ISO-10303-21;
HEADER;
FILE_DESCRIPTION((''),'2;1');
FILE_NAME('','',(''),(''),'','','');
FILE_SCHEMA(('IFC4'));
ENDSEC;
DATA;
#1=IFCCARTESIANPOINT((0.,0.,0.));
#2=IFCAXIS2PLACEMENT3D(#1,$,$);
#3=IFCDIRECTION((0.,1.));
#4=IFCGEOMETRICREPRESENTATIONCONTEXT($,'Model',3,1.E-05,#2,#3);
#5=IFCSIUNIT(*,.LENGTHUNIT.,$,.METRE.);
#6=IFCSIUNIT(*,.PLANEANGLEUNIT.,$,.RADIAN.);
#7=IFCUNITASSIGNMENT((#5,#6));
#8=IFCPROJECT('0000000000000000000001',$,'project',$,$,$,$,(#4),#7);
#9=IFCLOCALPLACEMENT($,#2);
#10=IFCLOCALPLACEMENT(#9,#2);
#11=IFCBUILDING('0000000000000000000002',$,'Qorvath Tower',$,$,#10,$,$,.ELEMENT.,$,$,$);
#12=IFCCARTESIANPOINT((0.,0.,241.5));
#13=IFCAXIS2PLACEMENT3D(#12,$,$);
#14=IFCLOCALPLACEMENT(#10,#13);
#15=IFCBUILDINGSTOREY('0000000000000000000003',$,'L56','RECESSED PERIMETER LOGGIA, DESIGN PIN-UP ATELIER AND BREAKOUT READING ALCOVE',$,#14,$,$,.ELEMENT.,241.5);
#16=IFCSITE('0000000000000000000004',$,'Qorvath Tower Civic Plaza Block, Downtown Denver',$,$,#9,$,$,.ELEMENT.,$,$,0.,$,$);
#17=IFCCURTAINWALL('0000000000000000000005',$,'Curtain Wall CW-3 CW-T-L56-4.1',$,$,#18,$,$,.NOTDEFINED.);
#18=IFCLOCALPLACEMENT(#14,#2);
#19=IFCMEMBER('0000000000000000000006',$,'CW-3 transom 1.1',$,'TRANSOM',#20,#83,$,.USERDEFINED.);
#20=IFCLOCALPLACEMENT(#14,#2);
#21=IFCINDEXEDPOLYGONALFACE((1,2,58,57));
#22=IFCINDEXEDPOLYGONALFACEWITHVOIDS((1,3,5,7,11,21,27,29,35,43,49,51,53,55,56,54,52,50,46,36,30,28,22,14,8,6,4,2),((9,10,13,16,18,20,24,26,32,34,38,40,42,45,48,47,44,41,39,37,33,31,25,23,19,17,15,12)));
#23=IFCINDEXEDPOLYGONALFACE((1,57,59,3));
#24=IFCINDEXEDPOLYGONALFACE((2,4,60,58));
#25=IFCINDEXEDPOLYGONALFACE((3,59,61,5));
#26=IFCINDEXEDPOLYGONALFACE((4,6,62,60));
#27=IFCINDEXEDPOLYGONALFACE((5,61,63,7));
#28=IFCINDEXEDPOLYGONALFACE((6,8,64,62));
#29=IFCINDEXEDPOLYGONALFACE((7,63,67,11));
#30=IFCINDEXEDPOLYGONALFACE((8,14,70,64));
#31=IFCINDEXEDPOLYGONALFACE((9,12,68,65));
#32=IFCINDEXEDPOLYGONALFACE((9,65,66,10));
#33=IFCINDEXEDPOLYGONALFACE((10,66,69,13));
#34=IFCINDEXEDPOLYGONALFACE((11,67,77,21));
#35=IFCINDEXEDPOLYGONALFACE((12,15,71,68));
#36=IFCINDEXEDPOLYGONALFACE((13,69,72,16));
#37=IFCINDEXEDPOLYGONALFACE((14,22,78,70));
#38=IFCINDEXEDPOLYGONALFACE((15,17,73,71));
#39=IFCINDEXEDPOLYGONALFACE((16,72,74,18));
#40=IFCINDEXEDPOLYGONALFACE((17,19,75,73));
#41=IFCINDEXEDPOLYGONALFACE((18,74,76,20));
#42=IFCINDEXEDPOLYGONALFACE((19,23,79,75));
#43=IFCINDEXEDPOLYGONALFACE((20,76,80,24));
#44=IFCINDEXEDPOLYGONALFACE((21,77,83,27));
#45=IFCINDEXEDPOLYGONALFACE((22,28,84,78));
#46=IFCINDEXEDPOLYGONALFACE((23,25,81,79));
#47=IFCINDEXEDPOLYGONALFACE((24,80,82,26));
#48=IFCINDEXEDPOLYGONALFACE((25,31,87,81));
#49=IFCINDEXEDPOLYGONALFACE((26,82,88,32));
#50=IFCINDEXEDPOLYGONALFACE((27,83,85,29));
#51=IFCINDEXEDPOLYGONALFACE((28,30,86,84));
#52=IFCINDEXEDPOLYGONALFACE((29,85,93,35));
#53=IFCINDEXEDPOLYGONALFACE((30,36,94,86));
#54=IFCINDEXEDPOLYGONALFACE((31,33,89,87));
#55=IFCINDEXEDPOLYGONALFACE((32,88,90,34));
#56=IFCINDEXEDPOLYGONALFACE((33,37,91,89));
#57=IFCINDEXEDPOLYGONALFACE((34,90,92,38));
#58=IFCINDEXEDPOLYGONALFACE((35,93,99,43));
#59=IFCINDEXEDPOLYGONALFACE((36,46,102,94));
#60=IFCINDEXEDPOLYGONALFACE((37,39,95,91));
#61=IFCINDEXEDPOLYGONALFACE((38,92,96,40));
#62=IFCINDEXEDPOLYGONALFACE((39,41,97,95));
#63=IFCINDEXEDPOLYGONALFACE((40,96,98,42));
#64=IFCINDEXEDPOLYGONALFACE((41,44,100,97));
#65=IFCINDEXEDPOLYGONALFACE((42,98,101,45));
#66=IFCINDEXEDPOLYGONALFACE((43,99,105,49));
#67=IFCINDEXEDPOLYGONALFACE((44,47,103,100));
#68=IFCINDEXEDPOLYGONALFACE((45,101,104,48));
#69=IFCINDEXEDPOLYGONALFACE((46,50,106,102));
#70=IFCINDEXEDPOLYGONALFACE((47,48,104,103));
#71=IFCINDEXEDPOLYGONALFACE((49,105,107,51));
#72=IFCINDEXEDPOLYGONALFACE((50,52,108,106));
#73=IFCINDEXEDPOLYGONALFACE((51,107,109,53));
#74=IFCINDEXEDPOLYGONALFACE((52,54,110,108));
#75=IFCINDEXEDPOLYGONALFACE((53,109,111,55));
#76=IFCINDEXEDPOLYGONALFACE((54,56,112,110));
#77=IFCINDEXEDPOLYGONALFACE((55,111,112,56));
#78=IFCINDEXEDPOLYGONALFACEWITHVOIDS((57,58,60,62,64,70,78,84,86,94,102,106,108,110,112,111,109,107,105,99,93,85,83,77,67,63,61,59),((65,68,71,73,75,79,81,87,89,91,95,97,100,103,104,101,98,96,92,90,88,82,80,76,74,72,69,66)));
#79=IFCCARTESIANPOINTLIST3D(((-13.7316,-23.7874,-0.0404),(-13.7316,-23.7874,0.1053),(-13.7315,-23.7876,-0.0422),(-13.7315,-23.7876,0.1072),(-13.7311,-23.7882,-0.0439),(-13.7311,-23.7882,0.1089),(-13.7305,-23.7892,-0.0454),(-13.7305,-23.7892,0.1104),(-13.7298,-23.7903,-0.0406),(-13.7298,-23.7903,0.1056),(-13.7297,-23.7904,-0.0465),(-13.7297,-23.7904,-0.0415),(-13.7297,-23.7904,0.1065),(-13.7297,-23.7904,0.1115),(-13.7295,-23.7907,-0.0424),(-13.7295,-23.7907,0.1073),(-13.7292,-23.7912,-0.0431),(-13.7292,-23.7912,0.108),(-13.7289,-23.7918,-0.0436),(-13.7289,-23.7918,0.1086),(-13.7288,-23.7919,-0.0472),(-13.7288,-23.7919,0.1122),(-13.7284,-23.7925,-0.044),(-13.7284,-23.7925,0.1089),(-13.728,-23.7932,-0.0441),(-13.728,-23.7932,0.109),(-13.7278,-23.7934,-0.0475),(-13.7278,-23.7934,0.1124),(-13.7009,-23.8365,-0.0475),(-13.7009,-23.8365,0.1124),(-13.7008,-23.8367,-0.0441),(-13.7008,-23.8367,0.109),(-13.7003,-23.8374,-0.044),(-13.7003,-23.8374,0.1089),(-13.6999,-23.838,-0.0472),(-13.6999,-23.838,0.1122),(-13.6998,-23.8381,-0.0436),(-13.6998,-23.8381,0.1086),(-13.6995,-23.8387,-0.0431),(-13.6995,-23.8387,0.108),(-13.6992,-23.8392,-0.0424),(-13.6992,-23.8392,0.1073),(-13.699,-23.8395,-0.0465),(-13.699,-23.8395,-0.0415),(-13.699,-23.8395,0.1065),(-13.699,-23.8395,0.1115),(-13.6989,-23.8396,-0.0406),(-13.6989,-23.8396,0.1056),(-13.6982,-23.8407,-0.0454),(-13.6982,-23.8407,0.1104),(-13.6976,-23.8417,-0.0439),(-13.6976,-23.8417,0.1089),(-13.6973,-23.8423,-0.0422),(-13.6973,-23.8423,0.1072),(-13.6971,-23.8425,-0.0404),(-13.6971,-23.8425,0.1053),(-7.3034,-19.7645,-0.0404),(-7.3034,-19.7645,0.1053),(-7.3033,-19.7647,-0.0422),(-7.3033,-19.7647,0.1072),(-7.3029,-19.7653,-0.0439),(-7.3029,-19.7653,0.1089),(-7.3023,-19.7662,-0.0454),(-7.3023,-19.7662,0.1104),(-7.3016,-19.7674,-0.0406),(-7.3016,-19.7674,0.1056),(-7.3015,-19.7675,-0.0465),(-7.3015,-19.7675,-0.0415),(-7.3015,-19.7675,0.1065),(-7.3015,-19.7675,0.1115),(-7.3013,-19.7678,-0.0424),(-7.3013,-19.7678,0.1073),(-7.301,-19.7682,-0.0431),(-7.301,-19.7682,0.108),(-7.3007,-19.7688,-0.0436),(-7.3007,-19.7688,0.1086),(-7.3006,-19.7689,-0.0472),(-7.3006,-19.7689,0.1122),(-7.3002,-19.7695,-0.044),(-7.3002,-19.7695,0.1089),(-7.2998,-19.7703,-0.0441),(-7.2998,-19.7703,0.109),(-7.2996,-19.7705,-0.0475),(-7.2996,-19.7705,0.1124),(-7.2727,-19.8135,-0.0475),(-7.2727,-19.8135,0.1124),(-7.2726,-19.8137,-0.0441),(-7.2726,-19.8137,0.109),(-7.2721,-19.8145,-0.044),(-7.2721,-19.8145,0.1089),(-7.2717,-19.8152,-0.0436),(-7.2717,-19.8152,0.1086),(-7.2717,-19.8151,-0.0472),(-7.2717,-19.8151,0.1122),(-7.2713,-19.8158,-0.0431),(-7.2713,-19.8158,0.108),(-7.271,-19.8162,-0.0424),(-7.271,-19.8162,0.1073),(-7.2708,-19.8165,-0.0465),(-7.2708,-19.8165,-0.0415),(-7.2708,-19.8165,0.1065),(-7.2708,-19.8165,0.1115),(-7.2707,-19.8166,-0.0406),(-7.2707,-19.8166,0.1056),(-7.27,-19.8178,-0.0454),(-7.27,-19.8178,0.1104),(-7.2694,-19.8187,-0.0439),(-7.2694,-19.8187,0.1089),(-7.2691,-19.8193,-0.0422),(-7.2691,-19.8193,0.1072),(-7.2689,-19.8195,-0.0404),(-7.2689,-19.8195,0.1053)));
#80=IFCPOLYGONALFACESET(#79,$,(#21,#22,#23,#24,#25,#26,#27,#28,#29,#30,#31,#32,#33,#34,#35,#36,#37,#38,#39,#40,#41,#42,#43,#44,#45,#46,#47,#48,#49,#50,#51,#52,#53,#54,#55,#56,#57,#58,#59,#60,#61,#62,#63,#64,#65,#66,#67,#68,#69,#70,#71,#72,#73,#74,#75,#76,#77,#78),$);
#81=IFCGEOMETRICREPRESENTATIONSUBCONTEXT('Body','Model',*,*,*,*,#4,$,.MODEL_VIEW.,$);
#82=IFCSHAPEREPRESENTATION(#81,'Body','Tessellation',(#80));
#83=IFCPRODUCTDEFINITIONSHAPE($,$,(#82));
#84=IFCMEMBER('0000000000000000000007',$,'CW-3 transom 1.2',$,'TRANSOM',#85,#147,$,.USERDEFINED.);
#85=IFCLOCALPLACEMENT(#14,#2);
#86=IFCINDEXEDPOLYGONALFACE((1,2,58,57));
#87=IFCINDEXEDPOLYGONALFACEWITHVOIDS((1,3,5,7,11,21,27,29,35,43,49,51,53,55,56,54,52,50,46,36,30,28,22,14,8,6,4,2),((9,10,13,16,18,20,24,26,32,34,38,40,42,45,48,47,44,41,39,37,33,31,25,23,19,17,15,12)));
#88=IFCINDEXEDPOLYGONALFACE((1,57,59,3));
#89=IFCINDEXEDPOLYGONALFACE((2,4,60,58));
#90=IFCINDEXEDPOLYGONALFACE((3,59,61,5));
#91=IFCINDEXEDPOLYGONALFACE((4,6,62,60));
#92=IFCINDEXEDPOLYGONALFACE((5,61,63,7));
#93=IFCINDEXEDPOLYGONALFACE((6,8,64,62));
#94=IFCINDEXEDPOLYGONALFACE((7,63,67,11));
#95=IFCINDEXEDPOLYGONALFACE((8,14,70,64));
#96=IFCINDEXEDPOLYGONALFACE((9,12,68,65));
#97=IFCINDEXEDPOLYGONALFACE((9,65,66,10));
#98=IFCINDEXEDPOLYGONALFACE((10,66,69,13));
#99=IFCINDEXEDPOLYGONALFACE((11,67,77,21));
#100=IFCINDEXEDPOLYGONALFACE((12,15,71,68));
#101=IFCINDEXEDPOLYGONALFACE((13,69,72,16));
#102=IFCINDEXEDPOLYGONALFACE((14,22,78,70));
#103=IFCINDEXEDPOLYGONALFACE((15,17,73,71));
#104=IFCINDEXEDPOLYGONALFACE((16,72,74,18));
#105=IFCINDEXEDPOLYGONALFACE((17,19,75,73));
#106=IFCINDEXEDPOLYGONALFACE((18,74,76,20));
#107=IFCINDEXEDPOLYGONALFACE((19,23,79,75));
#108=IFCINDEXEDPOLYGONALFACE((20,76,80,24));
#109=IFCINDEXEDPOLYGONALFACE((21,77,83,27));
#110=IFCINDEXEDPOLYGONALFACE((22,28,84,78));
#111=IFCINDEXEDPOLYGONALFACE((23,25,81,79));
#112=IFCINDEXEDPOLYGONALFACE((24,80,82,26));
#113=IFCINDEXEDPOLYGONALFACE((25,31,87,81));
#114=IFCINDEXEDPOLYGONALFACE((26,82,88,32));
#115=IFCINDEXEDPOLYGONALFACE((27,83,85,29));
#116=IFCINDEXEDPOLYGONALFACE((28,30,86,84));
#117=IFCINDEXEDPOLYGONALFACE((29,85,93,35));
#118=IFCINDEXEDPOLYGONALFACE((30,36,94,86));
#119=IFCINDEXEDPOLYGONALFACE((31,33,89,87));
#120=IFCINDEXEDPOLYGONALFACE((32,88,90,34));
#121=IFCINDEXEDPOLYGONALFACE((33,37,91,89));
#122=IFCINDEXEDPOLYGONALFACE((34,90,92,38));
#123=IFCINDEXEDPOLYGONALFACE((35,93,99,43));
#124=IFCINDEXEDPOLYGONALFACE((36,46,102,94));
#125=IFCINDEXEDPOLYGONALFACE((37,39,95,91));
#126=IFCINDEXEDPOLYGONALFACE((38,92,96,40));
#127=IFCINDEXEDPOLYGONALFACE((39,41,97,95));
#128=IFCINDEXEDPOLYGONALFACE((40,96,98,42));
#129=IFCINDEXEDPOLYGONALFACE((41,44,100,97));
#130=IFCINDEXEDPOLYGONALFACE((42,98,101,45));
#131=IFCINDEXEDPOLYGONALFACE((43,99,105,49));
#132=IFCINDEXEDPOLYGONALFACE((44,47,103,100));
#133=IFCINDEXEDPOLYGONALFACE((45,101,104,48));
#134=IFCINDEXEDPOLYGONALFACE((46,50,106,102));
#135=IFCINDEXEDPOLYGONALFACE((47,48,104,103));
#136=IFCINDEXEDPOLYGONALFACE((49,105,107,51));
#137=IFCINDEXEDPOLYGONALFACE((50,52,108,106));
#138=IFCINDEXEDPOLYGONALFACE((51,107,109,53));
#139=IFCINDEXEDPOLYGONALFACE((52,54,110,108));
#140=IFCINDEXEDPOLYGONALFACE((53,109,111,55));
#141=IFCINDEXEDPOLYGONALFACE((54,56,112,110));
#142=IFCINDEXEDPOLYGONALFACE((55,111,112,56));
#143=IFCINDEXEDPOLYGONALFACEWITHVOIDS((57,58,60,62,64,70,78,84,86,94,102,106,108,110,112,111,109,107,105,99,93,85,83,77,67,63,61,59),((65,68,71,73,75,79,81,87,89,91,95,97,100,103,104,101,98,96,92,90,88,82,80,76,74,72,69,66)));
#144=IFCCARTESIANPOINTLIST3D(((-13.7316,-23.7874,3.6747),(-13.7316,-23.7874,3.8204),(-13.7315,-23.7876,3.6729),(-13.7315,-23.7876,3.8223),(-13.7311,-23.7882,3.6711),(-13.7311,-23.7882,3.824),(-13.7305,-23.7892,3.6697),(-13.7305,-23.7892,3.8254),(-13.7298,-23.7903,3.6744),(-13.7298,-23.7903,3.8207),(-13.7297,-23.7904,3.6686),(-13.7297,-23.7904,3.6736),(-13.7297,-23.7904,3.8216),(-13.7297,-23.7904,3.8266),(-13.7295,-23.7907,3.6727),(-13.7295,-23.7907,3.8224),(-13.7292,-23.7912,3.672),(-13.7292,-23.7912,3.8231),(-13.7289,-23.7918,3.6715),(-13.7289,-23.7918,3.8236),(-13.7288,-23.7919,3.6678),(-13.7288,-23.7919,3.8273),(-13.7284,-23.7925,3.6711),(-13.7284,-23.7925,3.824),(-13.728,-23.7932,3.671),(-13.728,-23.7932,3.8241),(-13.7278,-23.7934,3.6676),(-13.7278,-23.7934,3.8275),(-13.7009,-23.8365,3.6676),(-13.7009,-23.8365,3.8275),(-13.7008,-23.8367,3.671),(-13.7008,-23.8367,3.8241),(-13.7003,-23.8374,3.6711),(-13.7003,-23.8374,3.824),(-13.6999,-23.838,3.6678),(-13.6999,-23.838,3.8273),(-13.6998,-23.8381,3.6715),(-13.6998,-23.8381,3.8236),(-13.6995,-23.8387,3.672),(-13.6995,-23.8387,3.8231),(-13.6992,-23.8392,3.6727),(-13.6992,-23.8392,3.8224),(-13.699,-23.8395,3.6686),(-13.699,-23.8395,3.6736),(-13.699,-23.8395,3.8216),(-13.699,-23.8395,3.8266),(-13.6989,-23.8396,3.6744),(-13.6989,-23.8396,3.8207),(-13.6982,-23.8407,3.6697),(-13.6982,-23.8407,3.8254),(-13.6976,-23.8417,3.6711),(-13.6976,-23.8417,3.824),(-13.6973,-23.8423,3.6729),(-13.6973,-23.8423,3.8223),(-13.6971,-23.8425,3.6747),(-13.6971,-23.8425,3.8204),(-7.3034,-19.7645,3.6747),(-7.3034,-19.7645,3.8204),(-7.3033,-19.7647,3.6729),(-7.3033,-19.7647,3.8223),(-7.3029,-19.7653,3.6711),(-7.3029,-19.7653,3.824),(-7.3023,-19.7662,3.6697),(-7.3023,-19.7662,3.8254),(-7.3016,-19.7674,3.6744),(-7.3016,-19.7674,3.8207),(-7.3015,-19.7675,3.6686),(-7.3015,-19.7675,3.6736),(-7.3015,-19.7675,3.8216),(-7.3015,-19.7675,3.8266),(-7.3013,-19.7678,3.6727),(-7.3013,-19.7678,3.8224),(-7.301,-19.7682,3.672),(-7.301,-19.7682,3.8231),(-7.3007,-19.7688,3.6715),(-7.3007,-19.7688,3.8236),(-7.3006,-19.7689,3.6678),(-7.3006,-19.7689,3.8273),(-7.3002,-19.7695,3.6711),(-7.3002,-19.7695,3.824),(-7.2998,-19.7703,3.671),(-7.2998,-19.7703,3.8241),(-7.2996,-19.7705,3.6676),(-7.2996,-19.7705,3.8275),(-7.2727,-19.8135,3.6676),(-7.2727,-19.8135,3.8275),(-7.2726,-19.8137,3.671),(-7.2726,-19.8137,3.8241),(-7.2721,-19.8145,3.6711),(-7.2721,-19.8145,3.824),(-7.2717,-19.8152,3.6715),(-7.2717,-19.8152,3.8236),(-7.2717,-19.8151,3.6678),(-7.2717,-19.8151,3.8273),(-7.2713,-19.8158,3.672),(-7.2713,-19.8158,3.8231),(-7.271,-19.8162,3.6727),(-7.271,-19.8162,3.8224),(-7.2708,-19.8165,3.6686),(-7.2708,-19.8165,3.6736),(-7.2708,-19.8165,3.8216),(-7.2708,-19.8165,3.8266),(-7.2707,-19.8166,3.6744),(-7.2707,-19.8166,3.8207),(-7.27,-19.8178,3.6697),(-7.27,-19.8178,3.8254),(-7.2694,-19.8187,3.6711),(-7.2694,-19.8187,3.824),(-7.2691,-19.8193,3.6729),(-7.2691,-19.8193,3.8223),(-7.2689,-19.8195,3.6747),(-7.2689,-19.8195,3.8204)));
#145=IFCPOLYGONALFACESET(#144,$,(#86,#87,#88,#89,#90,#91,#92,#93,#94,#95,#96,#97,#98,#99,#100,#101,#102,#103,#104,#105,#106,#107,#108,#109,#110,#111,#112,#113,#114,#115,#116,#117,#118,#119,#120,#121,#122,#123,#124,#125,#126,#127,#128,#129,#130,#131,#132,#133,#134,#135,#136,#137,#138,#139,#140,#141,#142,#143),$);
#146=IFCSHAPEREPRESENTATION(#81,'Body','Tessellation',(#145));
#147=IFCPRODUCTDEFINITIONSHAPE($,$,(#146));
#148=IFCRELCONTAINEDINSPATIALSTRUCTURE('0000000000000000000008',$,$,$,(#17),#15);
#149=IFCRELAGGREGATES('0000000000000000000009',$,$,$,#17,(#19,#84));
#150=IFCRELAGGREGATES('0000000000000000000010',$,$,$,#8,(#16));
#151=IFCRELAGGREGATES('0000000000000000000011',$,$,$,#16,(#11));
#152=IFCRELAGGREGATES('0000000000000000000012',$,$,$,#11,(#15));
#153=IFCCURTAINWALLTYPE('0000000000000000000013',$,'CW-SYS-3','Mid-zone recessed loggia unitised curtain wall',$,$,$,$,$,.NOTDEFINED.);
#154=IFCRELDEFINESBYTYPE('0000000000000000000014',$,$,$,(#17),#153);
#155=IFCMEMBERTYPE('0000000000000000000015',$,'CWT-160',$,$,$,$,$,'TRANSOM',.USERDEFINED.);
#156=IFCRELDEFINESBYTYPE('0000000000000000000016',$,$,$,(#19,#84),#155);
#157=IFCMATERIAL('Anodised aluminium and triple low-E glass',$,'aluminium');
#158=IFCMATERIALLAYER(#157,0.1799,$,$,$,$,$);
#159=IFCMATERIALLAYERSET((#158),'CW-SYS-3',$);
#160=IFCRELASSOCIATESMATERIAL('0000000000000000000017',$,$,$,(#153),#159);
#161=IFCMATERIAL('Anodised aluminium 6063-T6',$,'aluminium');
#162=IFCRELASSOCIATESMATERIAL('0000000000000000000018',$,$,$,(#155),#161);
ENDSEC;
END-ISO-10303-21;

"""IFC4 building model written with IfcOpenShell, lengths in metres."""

from ifc_helpers import new_model, si_unit, direction, frame, origin, origin_2d, place, context, subcontext, project, spatial, hollow_rectangle, extrude, material, layer, layer_set, material_profile, profile_set, type_object, element, aggregate, save


model = new_model("IFC4")

# Units and contexts
model_context = context("Model", 3, precision=1e-05, world=origin(), true_north=direction((0.0, 1.0)))
body_context = subcontext(model_context, "Body", "Model", "MODEL_VIEW")
ifc_project = project(units=[si_unit("LENGTHUNIT", "METRE"), si_unit("PLANEANGLEUNIT", "RADIAN")], contexts=[model_context])

# Site, building, storey
site_placement = place(None, origin())
site = spatial("IfcSite", under=ifc_project, at=site_placement, Name="Qorvath Tower Civic Plaza Block, Downtown Denver", CompositionType="ELEMENT", RefElevation=0.0)
building_placement = place(site_placement, origin())
building = spatial("IfcBuilding", under=site, at=building_placement, Name="Qorvath Tower", CompositionType="ELEMENT")
storey_placement = place(building_placement, frame((0.0, 0.0, 241.5)))
storey = spatial("IfcBuildingStorey", under=building, at=storey_placement, Name="L56", Description="RECESSED PERIMETER LOGGIA, DESIGN PIN-UP ATELIER AND BREAKOUT READING ALCOVE", CompositionType="ELEMENT", Elevation=241.5)

# Shared definitions
ifc_material_1 = material(Name="Anodised aluminium and triple low-E glass", Category="aluminium")
ifc_layer_1 = layer(ifc_material_1, 0.1799)
ifc_layer_set_1 = layer_set([ifc_layer_1], Name="CW-SYS-3")
curtain_wall_type = type_object("IfcCurtainWallType", Name="CW-SYS-3", Description="Mid-zone recessed loggia unitised curtain wall", PredefinedType="NOTDEFINED", material=ifc_layer_set_1)

# Curtain wall
curtain_wall_1_placement = place(storey_placement, origin())
curtain_wall_1 = element("IfcCurtainWall", 1, at=curtain_wall_1_placement, inside=storey, type_object=curtain_wall_type, Name="Curtain Wall CW-3 CW-T-L56-4.1", PredefinedType="NOTDEFINED")

# Members
ifc_material_2 = material(Name="Anodised aluminium 6063-T6", Category="aluminium")
ifc_material_profile_1 = material_profile(ifc_material_2, hollow_rectangle(XDim=0.0649, YDim=0.1599, WallThickness=0.0034, InnerFilletRadius=0.0034, OuterFilletRadius=0.0071, at=origin_2d()), Name="CWT 160x65")
ifc_profile_set_1 = profile_set([ifc_material_profile_1], Name="Anodised aluminium 6063-T6")
member_type_1 = type_object("IfcMemberType", Name="CWT-160", ElementType="TRANSOM", PredefinedType="USERDEFINED", material=ifc_profile_set_1)
member_1_placement = place(storey_placement, frame((-13.7144, -23.8149, 0.0325), z_axis=(0.847683, 0.530502, 0.0), x_axis=(-0.530502, 0.847683, 0.0)))
member_1 = element("IfcMember", 2, at=member_1_placement, type_object=member_type_1, Name="CW-3 transom 1.1", ObjectType="TRANSOM", PredefinedType="USERDEFINED", context=body_context, shape_type="SweptSolid", body=[
    extrude(hollow_rectangle(XDim=0.0649, YDim=0.1599, WallThickness=0.0034, InnerFilletRadius=0.0034, OuterFilletRadius=0.0071, at=origin_2d()), origin(), (0.0, 0.0, 1.0), 7.5833),
])
member_2_placement = place(storey_placement, frame((-13.7144, -23.8149, 3.7476), z_axis=(0.847683, 0.530502, 0.0), x_axis=(-0.530502, 0.847683, 0.0)))
member_2 = element("IfcMember", 3, at=member_2_placement, type_object=member_type_1, Name="CW-3 transom 1.2", ObjectType="TRANSOM", PredefinedType="USERDEFINED", context=body_context, shape_type="SweptSolid", body=[
    extrude(hollow_rectangle(XDim=0.0649, YDim=0.1599, WallThickness=0.0034, InnerFilletRadius=0.0034, OuterFilletRadius=0.0071, at=origin_2d()), origin(), (0.0, 0.0, 1.0), 7.5833),
])

aggregate(curtain_wall_1, [member_1, member_2])

save(model, "model.ifc")
